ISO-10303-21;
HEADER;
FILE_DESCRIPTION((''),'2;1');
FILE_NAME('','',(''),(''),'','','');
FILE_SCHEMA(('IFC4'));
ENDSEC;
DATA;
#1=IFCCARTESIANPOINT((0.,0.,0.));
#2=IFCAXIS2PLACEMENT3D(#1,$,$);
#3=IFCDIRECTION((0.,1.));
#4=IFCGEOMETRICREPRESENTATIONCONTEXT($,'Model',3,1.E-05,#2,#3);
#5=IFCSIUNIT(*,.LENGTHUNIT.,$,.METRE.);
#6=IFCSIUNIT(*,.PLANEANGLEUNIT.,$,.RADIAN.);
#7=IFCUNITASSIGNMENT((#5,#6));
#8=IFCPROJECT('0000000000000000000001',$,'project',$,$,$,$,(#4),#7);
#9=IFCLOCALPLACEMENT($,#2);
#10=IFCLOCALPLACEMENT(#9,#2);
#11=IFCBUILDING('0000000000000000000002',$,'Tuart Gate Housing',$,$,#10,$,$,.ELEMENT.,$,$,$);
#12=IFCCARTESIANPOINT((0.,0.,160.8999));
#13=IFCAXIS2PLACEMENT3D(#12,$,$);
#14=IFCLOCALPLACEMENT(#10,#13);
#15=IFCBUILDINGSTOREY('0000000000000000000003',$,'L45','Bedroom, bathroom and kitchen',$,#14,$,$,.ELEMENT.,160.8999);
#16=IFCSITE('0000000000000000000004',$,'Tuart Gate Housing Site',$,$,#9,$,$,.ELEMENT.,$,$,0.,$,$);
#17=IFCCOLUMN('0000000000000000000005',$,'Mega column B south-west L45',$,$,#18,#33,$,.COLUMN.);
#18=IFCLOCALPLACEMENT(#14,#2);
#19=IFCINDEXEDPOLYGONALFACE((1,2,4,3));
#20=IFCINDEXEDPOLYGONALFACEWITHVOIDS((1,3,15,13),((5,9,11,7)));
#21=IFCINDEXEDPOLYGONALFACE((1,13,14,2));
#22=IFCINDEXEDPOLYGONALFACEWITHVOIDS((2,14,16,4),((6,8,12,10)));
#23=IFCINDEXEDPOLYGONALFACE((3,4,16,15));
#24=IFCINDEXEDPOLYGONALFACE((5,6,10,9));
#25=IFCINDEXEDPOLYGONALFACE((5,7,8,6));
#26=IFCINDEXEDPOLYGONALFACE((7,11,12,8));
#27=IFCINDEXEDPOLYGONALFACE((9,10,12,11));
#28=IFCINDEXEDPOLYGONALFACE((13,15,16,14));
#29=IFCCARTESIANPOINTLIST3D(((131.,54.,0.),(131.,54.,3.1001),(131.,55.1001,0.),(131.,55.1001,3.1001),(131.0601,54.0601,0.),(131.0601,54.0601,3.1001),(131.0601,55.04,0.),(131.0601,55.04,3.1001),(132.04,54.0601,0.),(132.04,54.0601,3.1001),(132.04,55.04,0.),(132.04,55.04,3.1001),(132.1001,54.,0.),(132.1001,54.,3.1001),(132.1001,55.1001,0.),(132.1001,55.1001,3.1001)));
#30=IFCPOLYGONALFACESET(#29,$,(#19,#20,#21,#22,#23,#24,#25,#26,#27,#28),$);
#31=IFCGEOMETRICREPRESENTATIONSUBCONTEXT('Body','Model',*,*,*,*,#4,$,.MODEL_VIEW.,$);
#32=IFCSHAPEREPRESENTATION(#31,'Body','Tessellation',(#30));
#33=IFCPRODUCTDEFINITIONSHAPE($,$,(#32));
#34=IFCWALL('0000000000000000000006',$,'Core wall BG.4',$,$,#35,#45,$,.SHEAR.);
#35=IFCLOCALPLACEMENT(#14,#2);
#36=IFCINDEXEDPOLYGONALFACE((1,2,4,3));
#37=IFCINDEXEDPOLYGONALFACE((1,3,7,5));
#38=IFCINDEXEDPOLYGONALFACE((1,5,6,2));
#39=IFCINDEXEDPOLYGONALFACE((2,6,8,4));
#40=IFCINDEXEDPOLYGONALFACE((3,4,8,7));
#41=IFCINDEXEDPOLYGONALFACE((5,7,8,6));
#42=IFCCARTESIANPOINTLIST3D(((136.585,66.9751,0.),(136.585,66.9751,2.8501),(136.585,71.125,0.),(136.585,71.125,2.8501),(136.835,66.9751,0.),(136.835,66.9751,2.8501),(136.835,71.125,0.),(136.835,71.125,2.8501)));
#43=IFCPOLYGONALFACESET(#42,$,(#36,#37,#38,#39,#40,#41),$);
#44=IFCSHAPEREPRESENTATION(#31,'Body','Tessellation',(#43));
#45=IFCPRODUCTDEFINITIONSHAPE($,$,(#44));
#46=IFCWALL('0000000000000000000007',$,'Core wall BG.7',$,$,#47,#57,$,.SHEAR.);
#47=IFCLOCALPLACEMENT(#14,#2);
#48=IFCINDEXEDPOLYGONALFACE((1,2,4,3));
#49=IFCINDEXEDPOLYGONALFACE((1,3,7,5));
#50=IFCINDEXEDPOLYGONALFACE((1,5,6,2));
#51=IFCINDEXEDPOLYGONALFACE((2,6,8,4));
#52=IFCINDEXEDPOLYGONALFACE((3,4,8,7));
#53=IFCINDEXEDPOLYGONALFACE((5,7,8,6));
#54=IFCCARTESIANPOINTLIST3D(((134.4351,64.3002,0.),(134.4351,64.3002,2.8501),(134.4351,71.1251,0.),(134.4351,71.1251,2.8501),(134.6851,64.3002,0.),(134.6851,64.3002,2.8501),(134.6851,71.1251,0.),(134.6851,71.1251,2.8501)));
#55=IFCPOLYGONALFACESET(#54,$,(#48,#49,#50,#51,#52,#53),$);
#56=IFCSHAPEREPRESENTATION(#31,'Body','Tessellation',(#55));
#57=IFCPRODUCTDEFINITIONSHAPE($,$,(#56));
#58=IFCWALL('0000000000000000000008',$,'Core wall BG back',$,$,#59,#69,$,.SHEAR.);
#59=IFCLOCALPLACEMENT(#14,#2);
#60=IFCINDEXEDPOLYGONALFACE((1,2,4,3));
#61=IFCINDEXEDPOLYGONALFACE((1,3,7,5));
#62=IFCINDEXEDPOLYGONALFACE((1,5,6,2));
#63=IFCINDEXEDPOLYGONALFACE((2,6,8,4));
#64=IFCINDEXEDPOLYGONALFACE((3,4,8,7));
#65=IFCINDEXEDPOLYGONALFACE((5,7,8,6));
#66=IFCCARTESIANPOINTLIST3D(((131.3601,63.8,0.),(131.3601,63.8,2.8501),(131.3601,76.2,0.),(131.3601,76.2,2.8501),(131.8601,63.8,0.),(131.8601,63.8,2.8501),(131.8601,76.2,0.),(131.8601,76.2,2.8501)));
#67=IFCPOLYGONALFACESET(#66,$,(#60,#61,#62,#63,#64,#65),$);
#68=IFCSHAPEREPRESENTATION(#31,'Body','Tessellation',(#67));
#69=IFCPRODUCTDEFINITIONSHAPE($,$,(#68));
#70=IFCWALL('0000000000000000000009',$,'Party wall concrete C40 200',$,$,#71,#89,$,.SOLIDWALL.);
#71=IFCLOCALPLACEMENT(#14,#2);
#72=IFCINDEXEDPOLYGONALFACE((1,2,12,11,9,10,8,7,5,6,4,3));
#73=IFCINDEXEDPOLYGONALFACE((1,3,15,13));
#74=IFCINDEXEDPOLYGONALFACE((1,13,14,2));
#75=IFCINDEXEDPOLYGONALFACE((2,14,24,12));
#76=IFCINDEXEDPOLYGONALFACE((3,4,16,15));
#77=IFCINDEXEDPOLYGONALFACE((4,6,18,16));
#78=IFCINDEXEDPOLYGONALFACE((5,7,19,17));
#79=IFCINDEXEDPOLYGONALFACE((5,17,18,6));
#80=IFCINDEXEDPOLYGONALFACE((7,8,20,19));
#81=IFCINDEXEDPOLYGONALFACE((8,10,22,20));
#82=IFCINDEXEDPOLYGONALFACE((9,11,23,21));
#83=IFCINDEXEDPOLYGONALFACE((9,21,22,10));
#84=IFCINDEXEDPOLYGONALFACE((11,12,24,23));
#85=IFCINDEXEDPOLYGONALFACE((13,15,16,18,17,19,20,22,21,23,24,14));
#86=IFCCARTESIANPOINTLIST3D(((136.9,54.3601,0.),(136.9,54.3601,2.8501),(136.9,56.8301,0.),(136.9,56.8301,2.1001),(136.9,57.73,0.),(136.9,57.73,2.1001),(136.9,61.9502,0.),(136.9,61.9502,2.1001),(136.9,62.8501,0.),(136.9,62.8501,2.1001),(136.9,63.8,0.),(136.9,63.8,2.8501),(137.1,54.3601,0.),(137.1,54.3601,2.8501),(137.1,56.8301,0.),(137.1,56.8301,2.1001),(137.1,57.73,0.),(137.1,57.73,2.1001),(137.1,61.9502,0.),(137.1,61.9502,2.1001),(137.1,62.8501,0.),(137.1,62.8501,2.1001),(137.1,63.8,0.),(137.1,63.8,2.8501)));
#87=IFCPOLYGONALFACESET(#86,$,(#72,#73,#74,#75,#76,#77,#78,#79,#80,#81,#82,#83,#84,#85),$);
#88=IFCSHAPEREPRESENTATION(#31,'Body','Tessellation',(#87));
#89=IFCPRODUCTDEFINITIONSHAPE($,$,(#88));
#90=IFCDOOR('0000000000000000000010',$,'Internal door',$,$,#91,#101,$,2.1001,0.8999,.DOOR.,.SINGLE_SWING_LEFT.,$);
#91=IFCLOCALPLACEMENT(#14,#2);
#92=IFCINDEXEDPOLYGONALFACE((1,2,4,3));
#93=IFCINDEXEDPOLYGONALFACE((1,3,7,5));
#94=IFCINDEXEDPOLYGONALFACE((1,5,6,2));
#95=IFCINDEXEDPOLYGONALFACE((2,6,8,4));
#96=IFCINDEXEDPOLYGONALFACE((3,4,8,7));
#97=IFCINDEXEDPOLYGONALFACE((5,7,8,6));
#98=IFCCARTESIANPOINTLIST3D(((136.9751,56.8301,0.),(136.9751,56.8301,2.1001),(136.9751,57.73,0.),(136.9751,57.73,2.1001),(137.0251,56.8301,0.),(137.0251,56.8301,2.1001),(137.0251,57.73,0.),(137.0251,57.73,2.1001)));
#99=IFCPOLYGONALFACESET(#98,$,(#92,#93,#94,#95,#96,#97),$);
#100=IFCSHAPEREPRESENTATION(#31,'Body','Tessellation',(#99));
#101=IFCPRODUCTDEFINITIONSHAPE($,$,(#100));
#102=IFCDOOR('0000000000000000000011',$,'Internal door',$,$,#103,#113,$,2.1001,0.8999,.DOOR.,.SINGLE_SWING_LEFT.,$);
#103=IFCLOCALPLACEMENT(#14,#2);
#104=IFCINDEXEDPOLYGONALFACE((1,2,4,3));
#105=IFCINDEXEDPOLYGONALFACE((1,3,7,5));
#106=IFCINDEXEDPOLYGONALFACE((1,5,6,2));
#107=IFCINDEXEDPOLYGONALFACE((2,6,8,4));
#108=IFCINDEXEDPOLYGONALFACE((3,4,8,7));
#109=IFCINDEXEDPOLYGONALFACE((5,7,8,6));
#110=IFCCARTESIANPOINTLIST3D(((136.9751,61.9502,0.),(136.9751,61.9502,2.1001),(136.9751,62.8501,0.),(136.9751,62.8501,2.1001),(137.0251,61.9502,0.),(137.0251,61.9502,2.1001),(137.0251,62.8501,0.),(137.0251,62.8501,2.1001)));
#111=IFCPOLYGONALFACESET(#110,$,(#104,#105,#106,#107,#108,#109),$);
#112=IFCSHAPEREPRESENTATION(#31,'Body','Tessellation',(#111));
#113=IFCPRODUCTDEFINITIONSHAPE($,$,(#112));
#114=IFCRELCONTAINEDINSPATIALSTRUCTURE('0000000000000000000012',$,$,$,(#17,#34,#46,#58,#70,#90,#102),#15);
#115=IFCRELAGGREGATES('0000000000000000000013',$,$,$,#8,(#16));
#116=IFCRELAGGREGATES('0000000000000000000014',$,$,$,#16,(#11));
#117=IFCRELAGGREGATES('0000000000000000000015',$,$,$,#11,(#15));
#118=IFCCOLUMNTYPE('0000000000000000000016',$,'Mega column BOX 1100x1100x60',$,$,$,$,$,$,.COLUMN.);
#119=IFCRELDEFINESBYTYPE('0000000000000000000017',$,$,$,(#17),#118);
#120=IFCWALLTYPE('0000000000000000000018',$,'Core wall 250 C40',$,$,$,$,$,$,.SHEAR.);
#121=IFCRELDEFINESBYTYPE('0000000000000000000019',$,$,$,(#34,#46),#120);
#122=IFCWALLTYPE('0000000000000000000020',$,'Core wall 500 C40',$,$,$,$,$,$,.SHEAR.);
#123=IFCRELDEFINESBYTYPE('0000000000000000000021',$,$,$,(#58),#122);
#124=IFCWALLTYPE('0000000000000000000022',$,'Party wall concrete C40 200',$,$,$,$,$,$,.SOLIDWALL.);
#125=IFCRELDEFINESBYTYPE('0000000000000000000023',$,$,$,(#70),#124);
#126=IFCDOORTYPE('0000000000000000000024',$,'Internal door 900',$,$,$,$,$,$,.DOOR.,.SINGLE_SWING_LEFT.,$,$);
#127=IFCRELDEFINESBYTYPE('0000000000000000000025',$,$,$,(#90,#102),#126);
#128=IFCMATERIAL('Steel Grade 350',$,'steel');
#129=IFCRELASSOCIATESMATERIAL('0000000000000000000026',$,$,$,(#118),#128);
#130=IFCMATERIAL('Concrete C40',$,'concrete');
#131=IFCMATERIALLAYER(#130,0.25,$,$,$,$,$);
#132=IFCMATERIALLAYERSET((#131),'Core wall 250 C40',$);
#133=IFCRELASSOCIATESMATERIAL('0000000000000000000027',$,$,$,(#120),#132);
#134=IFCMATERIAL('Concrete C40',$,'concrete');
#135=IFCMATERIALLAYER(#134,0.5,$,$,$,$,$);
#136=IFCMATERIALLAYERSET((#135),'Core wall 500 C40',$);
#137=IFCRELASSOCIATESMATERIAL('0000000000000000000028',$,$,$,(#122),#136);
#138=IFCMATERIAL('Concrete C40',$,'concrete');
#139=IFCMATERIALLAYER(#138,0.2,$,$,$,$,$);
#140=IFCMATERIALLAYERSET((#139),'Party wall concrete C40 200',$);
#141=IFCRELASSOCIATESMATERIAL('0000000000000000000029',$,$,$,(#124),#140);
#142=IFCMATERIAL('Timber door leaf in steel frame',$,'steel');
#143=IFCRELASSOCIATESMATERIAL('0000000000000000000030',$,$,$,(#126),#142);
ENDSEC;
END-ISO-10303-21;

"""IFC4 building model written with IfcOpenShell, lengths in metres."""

from ifc_helpers import new_model, si_unit, direction, frame, frame_2d, origin, origin_2d, place, context, subcontext, project, spatial, rectangle, hollow_rectangle, extrude, material, layer, layer_set, material_profile, profile_set, type_object, element, fill, save


model = new_model("IFC4")

# Units and contexts
model_context = context("Model", 3, precision=1e-05, world=origin(), true_north=direction((0.0, 1.0)))
body_context = subcontext(model_context, "Body", "Model", "MODEL_VIEW")
ifc_project = project(units=[si_unit("LENGTHUNIT", "METRE"), si_unit("PLANEANGLEUNIT", "RADIAN")], contexts=[model_context])

# Site, building, storey
site_placement = place(None, origin())
site = spatial("IfcSite", under=ifc_project, at=site_placement, Name="Tuart Gate Housing Site", CompositionType="ELEMENT", RefElevation=0.0)
building_placement = place(site_placement, origin())
building = spatial("IfcBuilding", under=site, at=building_placement, Name="Tuart Gate Housing", CompositionType="ELEMENT")
storey_placement = place(building_placement, frame((0.0, 0.0, 160.8999)))
storey = spatial("IfcBuildingStorey", under=building, at=storey_placement, Name="L45", Description="Bedroom, bathroom and kitchen", CompositionType="ELEMENT", Elevation=160.8999)

# Column
ifc_material_1 = material(Name="Steel Grade 350", Category="steel")
ifc_material_profile = material_profile(ifc_material_1, hollow_rectangle(XDim=1.1001, YDim=1.1001, WallThickness=0.0601, at=origin_2d()), Name="BOX 1100x1100x60")
ifc_profile_set = profile_set([ifc_material_profile], Name="Steel Grade 350")
column_type = type_object("IfcColumnType", Name="Mega column BOX 1100x1100x60", PredefinedType="COLUMN", material=ifc_profile_set)
column_placement = place(storey_placement, frame((131.55, 54.55, 0.0), z_axis=(0.0, 0.0, 1.0), x_axis=(1.0, 0.0, 0.0)))
element("IfcColumn", 1, at=column_placement, inside=storey, type_object=column_type, Name="Mega column B south-west L45", PredefinedType="COLUMN", context=body_context, shape_type="SweptSolid", body=[
    extrude(hollow_rectangle(XDim=1.1001, YDim=1.1001, WallThickness=0.0601, at=origin_2d()), origin(), (0.0, 0.0, 1.0), 3.1001),
])

# Walls
ifc_material_2 = material(Name="Concrete C40", Category="concrete")
ifc_layer_1 = layer(ifc_material_2, 0.25)
ifc_layer_set_1 = layer_set([ifc_layer_1], Name="Core wall 250 C40")
wall_type_1 = type_object("IfcWallType", Name="Core wall 250 C40", PredefinedType="SHEAR", material=ifc_layer_set_1)
wall_1_placement = place(storey_placement, frame((136.71, 66.9751, 0.0), z_axis=(0.0, 0.0, 1.0), x_axis=(0.0, 1.0, 0.0)))
element("IfcWall", 2, at=wall_1_placement, inside=storey, type_object=wall_type_1, Name="Core wall BG.4", PredefinedType="SHEAR", context=body_context, shape_type="SweptSolid", body=[
    extrude(rectangle(XDim=4.1499, YDim=0.25, at=frame_2d((2.075, 0.0))), origin(), (0.0, 0.0, 1.0), 2.8501),
])
wall_2_placement = place(storey_placement, frame((134.5601, 64.3, 0.0), z_axis=(0.0, 0.0, 1.0), x_axis=(0.0, 1.0, 0.0)))
element("IfcWall", 3, at=wall_2_placement, inside=storey, type_object=wall_type_1, Name="Core wall BG.7", PredefinedType="SHEAR", context=body_context, shape_type="SweptSolid", body=[
    extrude(rectangle(XDim=6.825, YDim=0.25, at=frame_2d((3.4126, 0.0))), origin(), (0.0, 0.0, 1.0), 2.8501),
])
ifc_material_3 = material(Name="Concrete C40", Category="concrete")
ifc_layer_2 = layer(ifc_material_3, 0.5)
ifc_layer_set_2 = layer_set([ifc_layer_2], Name="Core wall 500 C40")
wall_type_2 = type_object("IfcWallType", Name="Core wall 500 C40", PredefinedType="SHEAR", material=ifc_layer_set_2)
wall_3_placement = place(storey_placement, frame((131.6101, 63.8, 0.0), z_axis=(0.0, 0.0, 1.0), x_axis=(0.0, 1.0, 0.0)))
element("IfcWall", 4, at=wall_3_placement, inside=storey, type_object=wall_type_2, Name="Core wall BG back", PredefinedType="SHEAR", context=body_context, shape_type="SweptSolid", body=[
    extrude(rectangle(XDim=12.3999, YDim=0.5, at=frame_2d((6.2, 0.0))), origin(), (0.0, 0.0, 1.0), 2.8501),
])

# Wall, openings, doors
ifc_material_4 = material(Name="Concrete C40", Category="concrete")
ifc_layer_3 = layer(ifc_material_4, 0.2)
ifc_layer_set_3 = layer_set([ifc_layer_3], Name="Party wall concrete C40 200")
wall_type_3 = type_object("IfcWallType", Name="Party wall concrete C40 200", PredefinedType="SOLIDWALL", material=ifc_layer_set_3)
wall_4_placement = place(storey_placement, frame((137.0, 54.3601, 0.0), z_axis=(0.0, 0.0, 1.0), x_axis=(0.0, 1.0, 0.0)))
wall_4 = element("IfcWall", 5, at=wall_4_placement, inside=storey, type_object=wall_type_3, Name="Party wall concrete C40 200", PredefinedType="SOLIDWALL", context=body_context, shape_type="SweptSolid", body=[
    extrude(rectangle(XDim=9.4399, YDim=0.2, at=frame_2d((4.72, 0.0))), origin(), (0.0, 0.0, 1.0), 2.8501),
])
opening_1_placement = place(wall_4_placement, frame((2.47, 0.0, 0.0)))
opening_1 = element("IfcOpeningElement", 6, at=opening_1_placement, cuts=wall_4, PredefinedType="OPENING", context=body_context, shape_type="SweptSolid", body=[
    extrude(rectangle(XDim=0.8999, YDim=2.1001, at=frame_2d((0.45, 1.05))), frame((0.0, 0.1099, 0.0), z_axis=(0.0, -1.0, 0.0), x_axis=(1.0, 0.0, 0.0)), (0.0, 0.0, 1.0), 0.22),
])
opening_2_placement = place(wall_4_placement, frame((7.5901, 0.0, 0.0)))
opening_2 = element("IfcOpeningElement", 7, at=opening_2_placement, cuts=wall_4, PredefinedType="OPENING", context=body_context, shape_type="SweptSolid", body=[
    extrude(rectangle(XDim=0.8999, YDim=2.1001, at=frame_2d((0.45, 1.05))), frame((0.0, 0.1099, 0.0), z_axis=(0.0, -1.0, 0.0), x_axis=(1.0, 0.0, 0.0)), (0.0, 0.0, 1.0), 0.22),
])
ifc_material_5 = material(Name="Timber door leaf in steel frame", Category="steel")
door_type = type_object("IfcDoorType", Name="Internal door 900", OperationType="SINGLE_SWING_LEFT", PredefinedType="DOOR", material=ifc_material_5)
door_1_placement = place(opening_1_placement, origin())
door_1 = element("IfcDoor", 8, at=door_1_placement, inside=storey, type_object=door_type, Name="Internal door", OperationType="SINGLE_SWING_LEFT", OverallHeight=2.1001, OverallWidth=0.8999, PredefinedType="DOOR", context=body_context, shape_type="SweptSolid", body=[
    extrude(rectangle(XDim=0.8999, YDim=2.1001, at=frame_2d((0.45, 1.05))), frame((0.0, 0.0249, 0.0), z_axis=(0.0, -1.0, 0.0), x_axis=(1.0, 0.0, 0.0)), (0.0, 0.0, 1.0), 0.05),
])
fill(opening_1, door_1)
door_2_placement = place(opening_2_placement, origin())
door_2 = element("IfcDoor", 9, at=door_2_placement, inside=storey, type_object=door_type, Name="Internal door", OperationType="SINGLE_SWING_LEFT", OverallHeight=2.1001, OverallWidth=0.8999, PredefinedType="DOOR", context=body_context, shape_type="SweptSolid", body=[
    extrude(rectangle(XDim=0.8999, YDim=2.1001, at=frame_2d((0.45, 1.05))), frame((0.0, 0.0249, 0.0), z_axis=(0.0, -1.0, 0.0), x_axis=(1.0, 0.0, 0.0)), (0.0, 0.0, 1.0), 0.05),
])
fill(opening_2, door_2)

save(model, "model.ifc")
